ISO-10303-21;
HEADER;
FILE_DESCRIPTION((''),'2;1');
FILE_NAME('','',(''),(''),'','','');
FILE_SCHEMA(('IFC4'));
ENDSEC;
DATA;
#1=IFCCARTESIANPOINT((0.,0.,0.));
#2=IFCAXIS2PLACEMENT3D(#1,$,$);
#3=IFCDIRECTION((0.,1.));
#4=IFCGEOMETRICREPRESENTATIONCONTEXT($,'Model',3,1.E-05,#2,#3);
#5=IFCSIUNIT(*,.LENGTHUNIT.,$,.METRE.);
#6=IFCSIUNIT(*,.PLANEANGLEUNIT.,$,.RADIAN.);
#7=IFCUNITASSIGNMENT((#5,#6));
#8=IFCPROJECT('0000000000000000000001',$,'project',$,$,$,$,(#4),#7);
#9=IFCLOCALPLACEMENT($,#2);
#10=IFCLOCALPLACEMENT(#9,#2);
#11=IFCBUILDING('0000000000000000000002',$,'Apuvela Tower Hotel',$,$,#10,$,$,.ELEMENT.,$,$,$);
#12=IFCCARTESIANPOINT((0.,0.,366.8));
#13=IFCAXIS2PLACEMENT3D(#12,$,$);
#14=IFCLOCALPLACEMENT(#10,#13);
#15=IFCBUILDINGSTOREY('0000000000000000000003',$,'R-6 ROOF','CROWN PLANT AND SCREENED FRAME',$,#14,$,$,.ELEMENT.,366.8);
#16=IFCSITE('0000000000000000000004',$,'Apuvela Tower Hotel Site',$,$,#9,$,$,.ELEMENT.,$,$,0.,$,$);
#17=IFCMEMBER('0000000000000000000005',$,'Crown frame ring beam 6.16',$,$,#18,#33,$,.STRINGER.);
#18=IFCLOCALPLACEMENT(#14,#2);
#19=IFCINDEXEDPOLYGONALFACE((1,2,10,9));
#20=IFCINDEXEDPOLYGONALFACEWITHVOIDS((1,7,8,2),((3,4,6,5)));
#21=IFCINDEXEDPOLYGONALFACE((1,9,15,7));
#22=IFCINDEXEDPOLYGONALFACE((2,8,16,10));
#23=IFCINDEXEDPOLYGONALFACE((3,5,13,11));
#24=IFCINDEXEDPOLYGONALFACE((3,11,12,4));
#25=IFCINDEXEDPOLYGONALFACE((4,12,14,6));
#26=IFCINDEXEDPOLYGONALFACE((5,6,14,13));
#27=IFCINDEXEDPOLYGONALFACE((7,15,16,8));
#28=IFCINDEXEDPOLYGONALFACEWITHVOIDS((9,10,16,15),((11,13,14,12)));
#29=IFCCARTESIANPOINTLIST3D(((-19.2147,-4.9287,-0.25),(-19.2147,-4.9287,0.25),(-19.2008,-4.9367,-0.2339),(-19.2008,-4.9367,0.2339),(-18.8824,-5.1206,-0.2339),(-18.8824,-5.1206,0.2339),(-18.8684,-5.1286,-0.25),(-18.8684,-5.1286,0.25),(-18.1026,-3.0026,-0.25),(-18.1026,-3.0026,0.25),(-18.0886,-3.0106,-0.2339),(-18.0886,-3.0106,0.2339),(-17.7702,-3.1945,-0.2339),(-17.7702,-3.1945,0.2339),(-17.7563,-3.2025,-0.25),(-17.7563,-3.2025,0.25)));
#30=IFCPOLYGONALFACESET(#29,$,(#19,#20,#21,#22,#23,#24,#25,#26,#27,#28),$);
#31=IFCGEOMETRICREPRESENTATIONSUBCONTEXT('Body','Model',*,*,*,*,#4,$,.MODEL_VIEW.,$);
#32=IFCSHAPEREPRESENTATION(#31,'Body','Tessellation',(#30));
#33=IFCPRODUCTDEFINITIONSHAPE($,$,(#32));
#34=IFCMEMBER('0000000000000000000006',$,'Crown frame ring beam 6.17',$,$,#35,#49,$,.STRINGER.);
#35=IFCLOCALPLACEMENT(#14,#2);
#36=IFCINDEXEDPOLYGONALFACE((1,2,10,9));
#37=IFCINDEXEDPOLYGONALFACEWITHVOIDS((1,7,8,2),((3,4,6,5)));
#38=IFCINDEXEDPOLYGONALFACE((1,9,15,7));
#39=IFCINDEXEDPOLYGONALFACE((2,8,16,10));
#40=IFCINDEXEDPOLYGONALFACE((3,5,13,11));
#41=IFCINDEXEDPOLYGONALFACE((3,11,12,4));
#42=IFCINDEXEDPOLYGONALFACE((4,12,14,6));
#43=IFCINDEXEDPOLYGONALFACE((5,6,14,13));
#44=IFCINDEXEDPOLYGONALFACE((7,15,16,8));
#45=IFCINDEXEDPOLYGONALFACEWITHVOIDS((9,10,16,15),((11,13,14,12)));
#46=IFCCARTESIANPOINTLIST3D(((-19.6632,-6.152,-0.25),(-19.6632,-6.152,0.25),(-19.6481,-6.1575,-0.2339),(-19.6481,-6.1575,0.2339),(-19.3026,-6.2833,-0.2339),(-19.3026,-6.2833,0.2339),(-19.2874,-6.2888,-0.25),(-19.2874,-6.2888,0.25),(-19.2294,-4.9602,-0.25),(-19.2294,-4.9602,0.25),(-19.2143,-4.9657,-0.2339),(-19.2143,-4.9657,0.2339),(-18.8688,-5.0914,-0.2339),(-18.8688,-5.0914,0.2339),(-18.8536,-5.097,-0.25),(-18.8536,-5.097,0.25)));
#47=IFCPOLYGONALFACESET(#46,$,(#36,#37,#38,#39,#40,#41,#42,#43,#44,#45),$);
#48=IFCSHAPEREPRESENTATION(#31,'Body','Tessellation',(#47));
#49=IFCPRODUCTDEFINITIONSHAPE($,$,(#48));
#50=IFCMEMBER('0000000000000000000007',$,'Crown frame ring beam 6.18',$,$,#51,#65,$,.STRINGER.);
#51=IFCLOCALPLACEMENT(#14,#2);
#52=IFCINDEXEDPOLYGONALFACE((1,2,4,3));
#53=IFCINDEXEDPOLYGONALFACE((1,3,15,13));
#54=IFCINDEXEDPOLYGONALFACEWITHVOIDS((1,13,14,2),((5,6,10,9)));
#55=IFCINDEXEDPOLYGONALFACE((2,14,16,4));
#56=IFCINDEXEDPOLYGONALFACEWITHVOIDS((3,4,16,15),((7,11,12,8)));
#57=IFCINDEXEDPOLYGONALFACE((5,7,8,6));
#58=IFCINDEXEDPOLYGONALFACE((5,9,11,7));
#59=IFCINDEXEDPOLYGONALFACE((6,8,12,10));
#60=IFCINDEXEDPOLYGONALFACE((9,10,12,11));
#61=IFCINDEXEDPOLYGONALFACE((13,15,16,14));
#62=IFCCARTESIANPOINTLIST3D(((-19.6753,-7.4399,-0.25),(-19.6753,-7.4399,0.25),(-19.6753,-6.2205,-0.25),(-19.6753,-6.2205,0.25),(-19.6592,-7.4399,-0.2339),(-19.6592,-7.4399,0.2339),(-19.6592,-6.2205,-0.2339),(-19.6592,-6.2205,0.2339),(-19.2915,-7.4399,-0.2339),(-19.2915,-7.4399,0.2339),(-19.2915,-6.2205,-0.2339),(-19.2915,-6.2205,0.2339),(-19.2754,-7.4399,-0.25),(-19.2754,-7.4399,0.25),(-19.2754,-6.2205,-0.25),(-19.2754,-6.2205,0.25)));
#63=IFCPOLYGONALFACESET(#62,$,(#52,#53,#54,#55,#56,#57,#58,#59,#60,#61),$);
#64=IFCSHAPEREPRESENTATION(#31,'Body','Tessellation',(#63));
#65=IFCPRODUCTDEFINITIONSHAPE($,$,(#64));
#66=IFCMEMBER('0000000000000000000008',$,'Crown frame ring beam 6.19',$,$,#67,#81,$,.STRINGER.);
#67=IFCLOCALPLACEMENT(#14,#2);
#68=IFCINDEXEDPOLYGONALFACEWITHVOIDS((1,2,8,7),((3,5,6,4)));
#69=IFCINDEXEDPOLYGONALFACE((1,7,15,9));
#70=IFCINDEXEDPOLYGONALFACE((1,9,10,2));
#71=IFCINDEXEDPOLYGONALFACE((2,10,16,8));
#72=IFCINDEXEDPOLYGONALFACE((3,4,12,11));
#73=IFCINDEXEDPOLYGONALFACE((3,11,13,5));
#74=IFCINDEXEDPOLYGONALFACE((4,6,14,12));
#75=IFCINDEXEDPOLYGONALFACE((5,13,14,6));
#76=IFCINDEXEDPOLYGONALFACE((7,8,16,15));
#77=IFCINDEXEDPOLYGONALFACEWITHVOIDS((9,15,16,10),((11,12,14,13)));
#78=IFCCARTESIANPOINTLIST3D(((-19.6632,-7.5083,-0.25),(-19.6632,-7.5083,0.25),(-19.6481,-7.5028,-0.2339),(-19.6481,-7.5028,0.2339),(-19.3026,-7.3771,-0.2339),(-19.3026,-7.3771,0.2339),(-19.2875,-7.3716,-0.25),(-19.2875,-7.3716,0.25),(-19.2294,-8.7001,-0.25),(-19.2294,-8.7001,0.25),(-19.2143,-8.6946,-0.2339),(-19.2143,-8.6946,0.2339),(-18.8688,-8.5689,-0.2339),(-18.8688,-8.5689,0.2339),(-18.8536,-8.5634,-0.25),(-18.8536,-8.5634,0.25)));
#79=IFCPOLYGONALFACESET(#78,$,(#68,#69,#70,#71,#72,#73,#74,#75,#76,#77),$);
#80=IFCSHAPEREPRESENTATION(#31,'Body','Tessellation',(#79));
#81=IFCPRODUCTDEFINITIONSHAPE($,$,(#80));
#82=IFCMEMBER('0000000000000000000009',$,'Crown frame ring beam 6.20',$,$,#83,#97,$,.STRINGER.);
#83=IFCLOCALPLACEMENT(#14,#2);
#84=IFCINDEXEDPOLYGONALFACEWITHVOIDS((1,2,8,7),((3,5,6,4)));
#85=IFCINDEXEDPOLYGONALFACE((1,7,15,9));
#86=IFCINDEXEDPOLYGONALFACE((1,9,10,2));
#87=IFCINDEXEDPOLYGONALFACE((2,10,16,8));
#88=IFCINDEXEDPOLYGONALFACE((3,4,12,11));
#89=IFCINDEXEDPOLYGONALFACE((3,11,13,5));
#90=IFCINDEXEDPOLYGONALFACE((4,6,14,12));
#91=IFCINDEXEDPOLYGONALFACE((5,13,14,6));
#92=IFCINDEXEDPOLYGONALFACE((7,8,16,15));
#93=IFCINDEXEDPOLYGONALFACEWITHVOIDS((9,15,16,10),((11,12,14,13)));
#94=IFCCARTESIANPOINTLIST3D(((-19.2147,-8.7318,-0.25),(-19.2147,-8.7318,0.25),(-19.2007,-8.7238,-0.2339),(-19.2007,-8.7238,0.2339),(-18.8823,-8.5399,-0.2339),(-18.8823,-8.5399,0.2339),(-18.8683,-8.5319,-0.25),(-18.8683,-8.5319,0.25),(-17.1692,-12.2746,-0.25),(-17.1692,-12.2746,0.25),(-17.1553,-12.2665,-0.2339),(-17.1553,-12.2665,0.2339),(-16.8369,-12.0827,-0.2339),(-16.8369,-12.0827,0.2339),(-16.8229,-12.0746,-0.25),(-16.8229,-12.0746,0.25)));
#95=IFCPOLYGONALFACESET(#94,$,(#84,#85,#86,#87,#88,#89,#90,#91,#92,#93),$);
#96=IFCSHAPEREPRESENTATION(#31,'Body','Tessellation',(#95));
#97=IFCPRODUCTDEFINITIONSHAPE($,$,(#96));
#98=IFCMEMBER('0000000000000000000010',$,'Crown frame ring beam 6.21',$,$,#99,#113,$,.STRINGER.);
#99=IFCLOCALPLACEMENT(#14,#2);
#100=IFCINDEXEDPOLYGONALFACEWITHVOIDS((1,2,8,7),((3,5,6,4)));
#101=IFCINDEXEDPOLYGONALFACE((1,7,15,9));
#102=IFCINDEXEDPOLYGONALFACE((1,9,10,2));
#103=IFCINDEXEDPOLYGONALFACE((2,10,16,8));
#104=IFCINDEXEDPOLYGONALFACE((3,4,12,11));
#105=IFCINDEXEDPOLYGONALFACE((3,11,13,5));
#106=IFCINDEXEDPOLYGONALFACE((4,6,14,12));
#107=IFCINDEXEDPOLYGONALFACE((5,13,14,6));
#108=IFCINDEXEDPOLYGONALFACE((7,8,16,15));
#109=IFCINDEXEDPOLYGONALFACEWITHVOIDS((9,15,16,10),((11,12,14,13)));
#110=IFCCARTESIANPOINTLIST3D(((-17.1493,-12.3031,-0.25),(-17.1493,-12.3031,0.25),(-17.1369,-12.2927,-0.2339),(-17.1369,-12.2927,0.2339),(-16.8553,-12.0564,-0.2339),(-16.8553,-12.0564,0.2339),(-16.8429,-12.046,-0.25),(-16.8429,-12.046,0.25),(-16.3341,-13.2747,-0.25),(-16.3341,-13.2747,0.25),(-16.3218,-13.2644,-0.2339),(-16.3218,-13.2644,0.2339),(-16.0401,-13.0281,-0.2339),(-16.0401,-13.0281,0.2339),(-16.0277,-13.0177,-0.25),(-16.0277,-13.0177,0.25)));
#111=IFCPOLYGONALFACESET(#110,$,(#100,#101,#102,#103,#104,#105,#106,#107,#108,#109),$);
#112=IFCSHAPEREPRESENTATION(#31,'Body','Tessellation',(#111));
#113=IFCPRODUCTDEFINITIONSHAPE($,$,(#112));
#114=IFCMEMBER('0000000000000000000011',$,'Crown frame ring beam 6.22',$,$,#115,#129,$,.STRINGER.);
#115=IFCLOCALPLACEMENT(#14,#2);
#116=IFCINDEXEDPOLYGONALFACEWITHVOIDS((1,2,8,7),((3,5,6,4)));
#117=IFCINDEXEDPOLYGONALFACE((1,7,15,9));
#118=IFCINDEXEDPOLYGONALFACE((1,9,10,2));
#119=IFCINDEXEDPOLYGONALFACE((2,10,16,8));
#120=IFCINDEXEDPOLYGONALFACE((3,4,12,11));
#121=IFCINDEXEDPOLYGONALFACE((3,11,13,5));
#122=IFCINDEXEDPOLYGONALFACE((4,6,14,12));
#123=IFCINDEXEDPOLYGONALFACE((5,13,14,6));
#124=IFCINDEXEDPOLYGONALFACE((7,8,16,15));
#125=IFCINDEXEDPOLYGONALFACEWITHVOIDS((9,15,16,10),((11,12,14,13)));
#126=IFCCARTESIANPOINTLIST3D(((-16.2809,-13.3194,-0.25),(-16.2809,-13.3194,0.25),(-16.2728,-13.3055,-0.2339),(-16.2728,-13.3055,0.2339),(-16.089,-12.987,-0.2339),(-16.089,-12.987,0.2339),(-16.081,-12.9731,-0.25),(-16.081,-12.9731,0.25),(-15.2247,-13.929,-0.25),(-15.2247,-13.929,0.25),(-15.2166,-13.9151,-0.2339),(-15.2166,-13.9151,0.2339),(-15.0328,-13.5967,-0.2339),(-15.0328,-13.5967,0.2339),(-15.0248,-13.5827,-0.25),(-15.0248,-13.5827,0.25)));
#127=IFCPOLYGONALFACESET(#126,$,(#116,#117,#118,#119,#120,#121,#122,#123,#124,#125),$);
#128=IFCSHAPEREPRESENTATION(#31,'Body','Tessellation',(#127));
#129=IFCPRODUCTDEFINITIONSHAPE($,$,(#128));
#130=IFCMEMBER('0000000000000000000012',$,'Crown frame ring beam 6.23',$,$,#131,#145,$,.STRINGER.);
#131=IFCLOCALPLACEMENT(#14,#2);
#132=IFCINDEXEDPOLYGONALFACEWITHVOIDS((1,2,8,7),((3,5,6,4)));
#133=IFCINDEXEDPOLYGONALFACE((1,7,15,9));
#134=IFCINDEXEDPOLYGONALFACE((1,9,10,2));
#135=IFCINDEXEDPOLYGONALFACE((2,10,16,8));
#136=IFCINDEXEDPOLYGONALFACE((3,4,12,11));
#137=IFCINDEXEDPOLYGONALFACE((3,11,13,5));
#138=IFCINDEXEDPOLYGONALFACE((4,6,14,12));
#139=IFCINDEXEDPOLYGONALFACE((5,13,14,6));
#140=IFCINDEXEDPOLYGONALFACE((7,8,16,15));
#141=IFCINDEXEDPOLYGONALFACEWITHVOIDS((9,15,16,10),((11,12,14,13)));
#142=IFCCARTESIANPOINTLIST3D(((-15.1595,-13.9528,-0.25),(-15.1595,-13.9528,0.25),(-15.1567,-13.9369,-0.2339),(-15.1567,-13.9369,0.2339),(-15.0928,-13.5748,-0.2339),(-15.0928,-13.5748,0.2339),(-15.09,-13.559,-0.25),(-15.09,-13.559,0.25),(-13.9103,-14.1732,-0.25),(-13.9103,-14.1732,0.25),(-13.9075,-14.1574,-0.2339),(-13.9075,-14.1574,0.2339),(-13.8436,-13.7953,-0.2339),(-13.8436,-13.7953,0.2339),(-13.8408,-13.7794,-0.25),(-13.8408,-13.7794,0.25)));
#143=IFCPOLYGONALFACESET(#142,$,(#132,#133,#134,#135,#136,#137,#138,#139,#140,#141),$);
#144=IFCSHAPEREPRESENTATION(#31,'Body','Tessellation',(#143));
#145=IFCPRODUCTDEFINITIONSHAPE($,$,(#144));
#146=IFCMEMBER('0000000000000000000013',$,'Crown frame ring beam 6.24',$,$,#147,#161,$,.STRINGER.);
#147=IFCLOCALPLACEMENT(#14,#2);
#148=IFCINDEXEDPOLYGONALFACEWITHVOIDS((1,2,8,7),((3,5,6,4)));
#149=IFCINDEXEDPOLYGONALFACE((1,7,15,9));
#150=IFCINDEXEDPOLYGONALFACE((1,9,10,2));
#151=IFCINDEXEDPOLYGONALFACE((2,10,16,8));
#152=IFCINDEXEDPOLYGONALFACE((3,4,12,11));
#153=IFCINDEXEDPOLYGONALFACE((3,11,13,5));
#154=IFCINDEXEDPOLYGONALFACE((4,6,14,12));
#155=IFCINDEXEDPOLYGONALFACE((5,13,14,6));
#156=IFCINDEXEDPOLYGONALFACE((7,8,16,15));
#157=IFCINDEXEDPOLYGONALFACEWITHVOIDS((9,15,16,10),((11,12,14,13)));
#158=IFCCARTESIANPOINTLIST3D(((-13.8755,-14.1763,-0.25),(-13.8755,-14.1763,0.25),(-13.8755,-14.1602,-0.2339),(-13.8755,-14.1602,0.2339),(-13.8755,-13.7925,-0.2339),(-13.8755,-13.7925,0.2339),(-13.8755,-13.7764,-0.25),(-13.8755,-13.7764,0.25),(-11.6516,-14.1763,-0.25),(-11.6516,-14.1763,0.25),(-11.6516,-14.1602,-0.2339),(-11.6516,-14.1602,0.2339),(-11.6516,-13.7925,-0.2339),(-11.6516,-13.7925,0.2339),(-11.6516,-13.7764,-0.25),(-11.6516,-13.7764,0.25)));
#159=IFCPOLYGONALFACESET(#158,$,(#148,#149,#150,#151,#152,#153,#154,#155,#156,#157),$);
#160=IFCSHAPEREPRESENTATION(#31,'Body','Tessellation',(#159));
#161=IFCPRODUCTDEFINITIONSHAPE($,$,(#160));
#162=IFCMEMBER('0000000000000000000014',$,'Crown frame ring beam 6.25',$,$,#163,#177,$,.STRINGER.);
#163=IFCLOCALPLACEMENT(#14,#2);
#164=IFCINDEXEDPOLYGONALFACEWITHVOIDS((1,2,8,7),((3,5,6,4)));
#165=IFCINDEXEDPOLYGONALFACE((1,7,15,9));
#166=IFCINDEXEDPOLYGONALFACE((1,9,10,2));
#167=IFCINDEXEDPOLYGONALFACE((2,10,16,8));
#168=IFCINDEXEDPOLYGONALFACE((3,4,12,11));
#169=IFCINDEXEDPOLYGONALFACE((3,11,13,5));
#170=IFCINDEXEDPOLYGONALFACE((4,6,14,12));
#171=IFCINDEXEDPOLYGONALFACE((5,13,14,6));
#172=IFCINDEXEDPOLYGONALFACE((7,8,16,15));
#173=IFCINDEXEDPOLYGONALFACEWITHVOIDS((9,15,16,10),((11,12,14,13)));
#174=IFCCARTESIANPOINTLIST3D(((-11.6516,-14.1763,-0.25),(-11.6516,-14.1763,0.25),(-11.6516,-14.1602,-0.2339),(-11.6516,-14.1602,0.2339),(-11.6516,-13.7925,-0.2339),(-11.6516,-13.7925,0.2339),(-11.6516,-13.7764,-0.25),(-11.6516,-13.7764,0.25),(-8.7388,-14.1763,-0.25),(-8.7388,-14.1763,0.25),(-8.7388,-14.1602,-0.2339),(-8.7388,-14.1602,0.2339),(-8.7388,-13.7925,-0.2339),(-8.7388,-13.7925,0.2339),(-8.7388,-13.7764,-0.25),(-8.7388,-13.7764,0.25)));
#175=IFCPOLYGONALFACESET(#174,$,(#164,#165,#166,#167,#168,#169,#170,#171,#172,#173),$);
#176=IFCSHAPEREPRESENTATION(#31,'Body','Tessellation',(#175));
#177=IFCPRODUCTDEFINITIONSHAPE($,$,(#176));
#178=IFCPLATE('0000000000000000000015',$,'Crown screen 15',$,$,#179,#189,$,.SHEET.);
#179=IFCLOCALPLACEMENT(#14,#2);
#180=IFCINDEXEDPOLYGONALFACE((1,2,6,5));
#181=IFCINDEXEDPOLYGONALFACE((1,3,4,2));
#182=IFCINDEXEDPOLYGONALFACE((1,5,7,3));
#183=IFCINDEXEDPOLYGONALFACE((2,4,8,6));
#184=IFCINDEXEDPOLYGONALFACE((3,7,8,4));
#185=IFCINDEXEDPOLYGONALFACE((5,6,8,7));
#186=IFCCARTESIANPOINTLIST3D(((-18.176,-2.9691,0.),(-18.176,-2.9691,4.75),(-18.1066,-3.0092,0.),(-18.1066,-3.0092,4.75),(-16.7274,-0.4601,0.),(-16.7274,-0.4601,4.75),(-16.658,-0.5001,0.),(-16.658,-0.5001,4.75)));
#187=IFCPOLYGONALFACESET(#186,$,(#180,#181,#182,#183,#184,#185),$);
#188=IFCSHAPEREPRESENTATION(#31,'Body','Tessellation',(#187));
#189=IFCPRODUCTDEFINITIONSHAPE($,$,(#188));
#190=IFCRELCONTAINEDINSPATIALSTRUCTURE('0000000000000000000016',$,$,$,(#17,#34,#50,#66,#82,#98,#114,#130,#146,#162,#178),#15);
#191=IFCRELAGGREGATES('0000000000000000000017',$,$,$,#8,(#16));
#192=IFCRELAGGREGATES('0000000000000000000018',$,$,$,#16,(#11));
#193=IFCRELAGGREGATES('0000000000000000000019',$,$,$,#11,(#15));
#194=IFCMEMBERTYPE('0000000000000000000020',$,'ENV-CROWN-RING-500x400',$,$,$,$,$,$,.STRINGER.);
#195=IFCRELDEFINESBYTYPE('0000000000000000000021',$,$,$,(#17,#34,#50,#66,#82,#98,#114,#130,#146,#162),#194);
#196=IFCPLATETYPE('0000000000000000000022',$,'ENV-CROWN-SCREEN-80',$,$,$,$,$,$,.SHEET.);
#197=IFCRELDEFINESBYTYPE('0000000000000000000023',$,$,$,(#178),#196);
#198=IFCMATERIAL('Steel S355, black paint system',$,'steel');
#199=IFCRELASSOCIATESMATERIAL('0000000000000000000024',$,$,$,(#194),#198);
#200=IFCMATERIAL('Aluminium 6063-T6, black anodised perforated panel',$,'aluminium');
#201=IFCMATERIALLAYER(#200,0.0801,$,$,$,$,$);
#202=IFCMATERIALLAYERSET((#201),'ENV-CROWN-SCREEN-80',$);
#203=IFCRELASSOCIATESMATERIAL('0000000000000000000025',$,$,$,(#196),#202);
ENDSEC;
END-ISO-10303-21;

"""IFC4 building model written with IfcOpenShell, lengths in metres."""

from ifc_helpers import new_model, si_unit, direction, frame, origin, origin_2d, place, context, subcontext, project, spatial, rectangle, hollow_rectangle, extrude, material, layer, layer_set, material_profile, profile_set, type_object, element, save


model = new_model("IFC4")

# Units and contexts
model_context = context("Model", 3, precision=1e-05, world=origin(), true_north=direction((0.0, 1.0)))
body_context = subcontext(model_context, "Body", "Model", "MODEL_VIEW")
ifc_project = project(units=[si_unit("LENGTHUNIT", "METRE"), si_unit("PLANEANGLEUNIT", "RADIAN")], contexts=[model_context])

# Site, building, storey
site_placement = place(None, origin())
site = spatial("IfcSite", under=ifc_project, at=site_placement, Name="Apuvela Tower Hotel Site", CompositionType="ELEMENT", RefElevation=0.0)
building_placement = place(site_placement, origin())
building = spatial("IfcBuilding", under=site, at=building_placement, Name="Apuvela Tower Hotel", CompositionType="ELEMENT")
storey_placement = place(building_placement, frame((0.0, 0.0, 366.8)))
storey = spatial("IfcBuildingStorey", under=building, at=storey_placement, Name="R-6 ROOF", Description="CROWN PLANT AND SCREENED FRAME", CompositionType="ELEMENT", Elevation=366.8)

# Members
ifc_material_1 = material(Name="Steel S355, black paint system", Category="steel")
ifc_material_profile_1 = material_profile(ifc_material_1, hollow_rectangle(XDim=0.3999, YDim=0.5, WallThickness=0.0161, at=origin_2d()), Name="HSS 500x400x16")
ifc_profile_set_1 = profile_set([ifc_material_profile_1], Name="Steel S355, black paint system")
member_type_1 = type_object("IfcMemberType", Name="ENV-CROWN-RING-500x400", PredefinedType="STRINGER", material=ifc_profile_set_1)
member_1_placement = place(storey_placement, frame((-17.9294, -3.1025, 0.0), z_axis=(-0.500023, -0.866012, 0.0), x_axis=(0.866012, -0.500023, 0.0)))
element("IfcMember", 1, at=member_1_placement, inside=storey, type_object=member_type_1, Name="Crown frame ring beam 6.16", PredefinedType="STRINGER", context=body_context, shape_type="SweptSolid", body=[
    extrude(hollow_rectangle(XDim=0.3999, YDim=0.5, WallThickness=0.0161, at=origin_2d()), origin(), (0.0, 0.0, 1.0), 2.2241),
])
member_2_placement = place(storey_placement, frame((-19.0415, -5.0286, 0.0), z_axis=(-0.342037, -0.939687, 0.0), x_axis=(0.939687, -0.342037, 0.0)))
element("IfcMember", 2, at=member_2_placement, inside=storey, type_object=member_type_1, Name="Crown frame ring beam 6.17", PredefinedType="STRINGER", context=body_context, shape_type="SweptSolid", body=[
    extrude(hollow_rectangle(XDim=0.3999, YDim=0.5, WallThickness=0.0161, at=origin_2d()), origin(), (0.0, 0.0, 1.0), 1.2683),
])
member_3_placement = place(storey_placement, frame((-19.4753, -6.2205, 0.0), z_axis=(0.0, -1.0, 0.0), x_axis=(1.0, 0.0, 0.0)))
element("IfcMember", 3, at=member_3_placement, inside=storey, type_object=member_type_1, Name="Crown frame ring beam 6.18", PredefinedType="STRINGER", context=body_context, shape_type="SweptSolid", body=[
    extrude(hollow_rectangle(XDim=0.3999, YDim=0.5, WallThickness=0.0161, at=origin_2d()), origin(), (0.0, 0.0, 1.0), 1.2195),
])
member_4_placement = place(storey_placement, frame((-19.4753, -7.4399, 0.0), z_axis=(0.342037, -0.939687, 0.0), x_axis=(0.939687, 0.342037, 0.0)))
element("IfcMember", 4, at=member_4_placement, inside=storey, type_object=member_type_1, Name="Crown frame ring beam 6.19", PredefinedType="STRINGER", context=body_context, shape_type="SweptSolid", body=[
    extrude(hollow_rectangle(XDim=0.3999, YDim=0.5, WallThickness=0.0161, at=origin_2d()), origin(), (0.0, 0.0, 1.0), 1.2683),
])
member_5_placement = place(storey_placement, frame((-19.0415, -8.6318, 0.0), z_axis=(0.500003, -0.866024, 0.0), x_axis=(0.866024, 0.500003, 0.0)))
element("IfcMember", 5, at=member_5_placement, inside=storey, type_object=member_type_1, Name="Crown frame ring beam 6.20", PredefinedType="STRINGER", context=body_context, shape_type="SweptSolid", body=[
    extrude(hollow_rectangle(XDim=0.3999, YDim=0.5, WallThickness=0.0161, at=origin_2d()), origin(), (0.0, 0.0, 1.0), 4.0908),
])
member_6_placement = place(storey_placement, frame((-16.9961, -12.1746, 0.0), z_axis=(0.642718, -0.766103, 0.0), x_axis=(0.766103, 0.642718, 0.0)))
element("IfcMember", 6, at=member_6_placement, inside=storey, type_object=member_type_1, Name="Crown frame ring beam 6.21", PredefinedType="STRINGER", context=body_context, shape_type="SweptSolid", body=[
    extrude(hollow_rectangle(XDim=0.3999, YDim=0.5, WallThickness=0.0161, at=origin_2d()), origin(), (0.0, 0.0, 1.0), 1.2683),
])
member_7_placement = place(storey_placement, frame((-16.1809, -13.1462, 0.0), z_axis=(0.866079, -0.499907, 0.0), x_axis=(0.499907, 0.866079, 0.0)))
element("IfcMember", 7, at=member_7_placement, inside=storey, type_object=member_type_1, Name="Crown frame ring beam 6.22", PredefinedType="STRINGER", context=body_context, shape_type="SweptSolid", body=[
    extrude(hollow_rectangle(XDim=0.3999, YDim=0.5, WallThickness=0.0161, at=origin_2d()), origin(), (0.0, 0.0, 1.0), 1.2195),
])
member_8_placement = place(storey_placement, frame((-15.1248, -13.7559, 0.0), z_axis=(0.984784, -0.173785, 0.0), x_axis=(0.173785, 0.984784, 0.0)))
element("IfcMember", 8, at=member_8_placement, inside=storey, type_object=member_type_1, Name="Crown frame ring beam 6.23", PredefinedType="STRINGER", context=body_context, shape_type="SweptSolid", body=[
    extrude(hollow_rectangle(XDim=0.3999, YDim=0.5, WallThickness=0.0161, at=origin_2d()), origin(), (0.0, 0.0, 1.0), 1.2686),
])
member_9_placement = place(storey_placement, frame((-13.8755, -13.9763, 0.0), z_axis=(1.0, 0.0, 0.0), x_axis=(0.0, 1.0, 0.0)))
element("IfcMember", 9, at=member_9_placement, inside=storey, type_object=member_type_1, Name="Crown frame ring beam 6.24", PredefinedType="STRINGER", context=body_context, shape_type="SweptSolid", body=[
    extrude(hollow_rectangle(XDim=0.3999, YDim=0.5, WallThickness=0.0161, at=origin_2d()), origin(), (0.0, 0.0, 1.0), 2.2239),
])
member_10_placement = place(storey_placement, frame((-11.6516, -13.9763, 0.0), z_axis=(1.0, 0.0, 0.0), x_axis=(0.0, 1.0, 0.0)))
element("IfcMember", 10, at=member_10_placement, inside=storey, type_object=member_type_1, Name="Crown frame ring beam 6.25", PredefinedType="STRINGER", context=body_context, shape_type="SweptSolid", body=[
    extrude(hollow_rectangle(XDim=0.3999, YDim=0.5, WallThickness=0.0161, at=origin_2d()), origin(), (0.0, 0.0, 1.0), 2.9128),
])

# Plate
ifc_material_2 = material(Name="Aluminium 6063-T6, black anodised perforated panel", Category="aluminium")
ifc_layer = layer(ifc_material_2, 0.0801)
ifc_layer_set = layer_set([ifc_layer], Name="ENV-CROWN-SCREEN-80")
plate_type = type_object("IfcPlateType", Name="ENV-CROWN-SCREEN-80", PredefinedType="SHEET", material=ifc_layer_set)
plate_1_placement = place(storey_placement, frame((-17.417, -1.7346, 0.0), z_axis=(0.0, 0.0, 1.0), x_axis=(-0.5, -0.866025, 0.0)))
element("IfcPlate", 11, at=plate_1_placement, inside=storey, type_object=plate_type, Name="Crown screen 15", PredefinedType="SHEET", context=body_context, shape_type="SweptSolid", body=[
    extrude(rectangle(XDim=2.8972, YDim=0.0801, at=origin_2d()), origin(), (0.0, 0.0, 1.0), 4.75),
])

save(model, "model.ifc")
